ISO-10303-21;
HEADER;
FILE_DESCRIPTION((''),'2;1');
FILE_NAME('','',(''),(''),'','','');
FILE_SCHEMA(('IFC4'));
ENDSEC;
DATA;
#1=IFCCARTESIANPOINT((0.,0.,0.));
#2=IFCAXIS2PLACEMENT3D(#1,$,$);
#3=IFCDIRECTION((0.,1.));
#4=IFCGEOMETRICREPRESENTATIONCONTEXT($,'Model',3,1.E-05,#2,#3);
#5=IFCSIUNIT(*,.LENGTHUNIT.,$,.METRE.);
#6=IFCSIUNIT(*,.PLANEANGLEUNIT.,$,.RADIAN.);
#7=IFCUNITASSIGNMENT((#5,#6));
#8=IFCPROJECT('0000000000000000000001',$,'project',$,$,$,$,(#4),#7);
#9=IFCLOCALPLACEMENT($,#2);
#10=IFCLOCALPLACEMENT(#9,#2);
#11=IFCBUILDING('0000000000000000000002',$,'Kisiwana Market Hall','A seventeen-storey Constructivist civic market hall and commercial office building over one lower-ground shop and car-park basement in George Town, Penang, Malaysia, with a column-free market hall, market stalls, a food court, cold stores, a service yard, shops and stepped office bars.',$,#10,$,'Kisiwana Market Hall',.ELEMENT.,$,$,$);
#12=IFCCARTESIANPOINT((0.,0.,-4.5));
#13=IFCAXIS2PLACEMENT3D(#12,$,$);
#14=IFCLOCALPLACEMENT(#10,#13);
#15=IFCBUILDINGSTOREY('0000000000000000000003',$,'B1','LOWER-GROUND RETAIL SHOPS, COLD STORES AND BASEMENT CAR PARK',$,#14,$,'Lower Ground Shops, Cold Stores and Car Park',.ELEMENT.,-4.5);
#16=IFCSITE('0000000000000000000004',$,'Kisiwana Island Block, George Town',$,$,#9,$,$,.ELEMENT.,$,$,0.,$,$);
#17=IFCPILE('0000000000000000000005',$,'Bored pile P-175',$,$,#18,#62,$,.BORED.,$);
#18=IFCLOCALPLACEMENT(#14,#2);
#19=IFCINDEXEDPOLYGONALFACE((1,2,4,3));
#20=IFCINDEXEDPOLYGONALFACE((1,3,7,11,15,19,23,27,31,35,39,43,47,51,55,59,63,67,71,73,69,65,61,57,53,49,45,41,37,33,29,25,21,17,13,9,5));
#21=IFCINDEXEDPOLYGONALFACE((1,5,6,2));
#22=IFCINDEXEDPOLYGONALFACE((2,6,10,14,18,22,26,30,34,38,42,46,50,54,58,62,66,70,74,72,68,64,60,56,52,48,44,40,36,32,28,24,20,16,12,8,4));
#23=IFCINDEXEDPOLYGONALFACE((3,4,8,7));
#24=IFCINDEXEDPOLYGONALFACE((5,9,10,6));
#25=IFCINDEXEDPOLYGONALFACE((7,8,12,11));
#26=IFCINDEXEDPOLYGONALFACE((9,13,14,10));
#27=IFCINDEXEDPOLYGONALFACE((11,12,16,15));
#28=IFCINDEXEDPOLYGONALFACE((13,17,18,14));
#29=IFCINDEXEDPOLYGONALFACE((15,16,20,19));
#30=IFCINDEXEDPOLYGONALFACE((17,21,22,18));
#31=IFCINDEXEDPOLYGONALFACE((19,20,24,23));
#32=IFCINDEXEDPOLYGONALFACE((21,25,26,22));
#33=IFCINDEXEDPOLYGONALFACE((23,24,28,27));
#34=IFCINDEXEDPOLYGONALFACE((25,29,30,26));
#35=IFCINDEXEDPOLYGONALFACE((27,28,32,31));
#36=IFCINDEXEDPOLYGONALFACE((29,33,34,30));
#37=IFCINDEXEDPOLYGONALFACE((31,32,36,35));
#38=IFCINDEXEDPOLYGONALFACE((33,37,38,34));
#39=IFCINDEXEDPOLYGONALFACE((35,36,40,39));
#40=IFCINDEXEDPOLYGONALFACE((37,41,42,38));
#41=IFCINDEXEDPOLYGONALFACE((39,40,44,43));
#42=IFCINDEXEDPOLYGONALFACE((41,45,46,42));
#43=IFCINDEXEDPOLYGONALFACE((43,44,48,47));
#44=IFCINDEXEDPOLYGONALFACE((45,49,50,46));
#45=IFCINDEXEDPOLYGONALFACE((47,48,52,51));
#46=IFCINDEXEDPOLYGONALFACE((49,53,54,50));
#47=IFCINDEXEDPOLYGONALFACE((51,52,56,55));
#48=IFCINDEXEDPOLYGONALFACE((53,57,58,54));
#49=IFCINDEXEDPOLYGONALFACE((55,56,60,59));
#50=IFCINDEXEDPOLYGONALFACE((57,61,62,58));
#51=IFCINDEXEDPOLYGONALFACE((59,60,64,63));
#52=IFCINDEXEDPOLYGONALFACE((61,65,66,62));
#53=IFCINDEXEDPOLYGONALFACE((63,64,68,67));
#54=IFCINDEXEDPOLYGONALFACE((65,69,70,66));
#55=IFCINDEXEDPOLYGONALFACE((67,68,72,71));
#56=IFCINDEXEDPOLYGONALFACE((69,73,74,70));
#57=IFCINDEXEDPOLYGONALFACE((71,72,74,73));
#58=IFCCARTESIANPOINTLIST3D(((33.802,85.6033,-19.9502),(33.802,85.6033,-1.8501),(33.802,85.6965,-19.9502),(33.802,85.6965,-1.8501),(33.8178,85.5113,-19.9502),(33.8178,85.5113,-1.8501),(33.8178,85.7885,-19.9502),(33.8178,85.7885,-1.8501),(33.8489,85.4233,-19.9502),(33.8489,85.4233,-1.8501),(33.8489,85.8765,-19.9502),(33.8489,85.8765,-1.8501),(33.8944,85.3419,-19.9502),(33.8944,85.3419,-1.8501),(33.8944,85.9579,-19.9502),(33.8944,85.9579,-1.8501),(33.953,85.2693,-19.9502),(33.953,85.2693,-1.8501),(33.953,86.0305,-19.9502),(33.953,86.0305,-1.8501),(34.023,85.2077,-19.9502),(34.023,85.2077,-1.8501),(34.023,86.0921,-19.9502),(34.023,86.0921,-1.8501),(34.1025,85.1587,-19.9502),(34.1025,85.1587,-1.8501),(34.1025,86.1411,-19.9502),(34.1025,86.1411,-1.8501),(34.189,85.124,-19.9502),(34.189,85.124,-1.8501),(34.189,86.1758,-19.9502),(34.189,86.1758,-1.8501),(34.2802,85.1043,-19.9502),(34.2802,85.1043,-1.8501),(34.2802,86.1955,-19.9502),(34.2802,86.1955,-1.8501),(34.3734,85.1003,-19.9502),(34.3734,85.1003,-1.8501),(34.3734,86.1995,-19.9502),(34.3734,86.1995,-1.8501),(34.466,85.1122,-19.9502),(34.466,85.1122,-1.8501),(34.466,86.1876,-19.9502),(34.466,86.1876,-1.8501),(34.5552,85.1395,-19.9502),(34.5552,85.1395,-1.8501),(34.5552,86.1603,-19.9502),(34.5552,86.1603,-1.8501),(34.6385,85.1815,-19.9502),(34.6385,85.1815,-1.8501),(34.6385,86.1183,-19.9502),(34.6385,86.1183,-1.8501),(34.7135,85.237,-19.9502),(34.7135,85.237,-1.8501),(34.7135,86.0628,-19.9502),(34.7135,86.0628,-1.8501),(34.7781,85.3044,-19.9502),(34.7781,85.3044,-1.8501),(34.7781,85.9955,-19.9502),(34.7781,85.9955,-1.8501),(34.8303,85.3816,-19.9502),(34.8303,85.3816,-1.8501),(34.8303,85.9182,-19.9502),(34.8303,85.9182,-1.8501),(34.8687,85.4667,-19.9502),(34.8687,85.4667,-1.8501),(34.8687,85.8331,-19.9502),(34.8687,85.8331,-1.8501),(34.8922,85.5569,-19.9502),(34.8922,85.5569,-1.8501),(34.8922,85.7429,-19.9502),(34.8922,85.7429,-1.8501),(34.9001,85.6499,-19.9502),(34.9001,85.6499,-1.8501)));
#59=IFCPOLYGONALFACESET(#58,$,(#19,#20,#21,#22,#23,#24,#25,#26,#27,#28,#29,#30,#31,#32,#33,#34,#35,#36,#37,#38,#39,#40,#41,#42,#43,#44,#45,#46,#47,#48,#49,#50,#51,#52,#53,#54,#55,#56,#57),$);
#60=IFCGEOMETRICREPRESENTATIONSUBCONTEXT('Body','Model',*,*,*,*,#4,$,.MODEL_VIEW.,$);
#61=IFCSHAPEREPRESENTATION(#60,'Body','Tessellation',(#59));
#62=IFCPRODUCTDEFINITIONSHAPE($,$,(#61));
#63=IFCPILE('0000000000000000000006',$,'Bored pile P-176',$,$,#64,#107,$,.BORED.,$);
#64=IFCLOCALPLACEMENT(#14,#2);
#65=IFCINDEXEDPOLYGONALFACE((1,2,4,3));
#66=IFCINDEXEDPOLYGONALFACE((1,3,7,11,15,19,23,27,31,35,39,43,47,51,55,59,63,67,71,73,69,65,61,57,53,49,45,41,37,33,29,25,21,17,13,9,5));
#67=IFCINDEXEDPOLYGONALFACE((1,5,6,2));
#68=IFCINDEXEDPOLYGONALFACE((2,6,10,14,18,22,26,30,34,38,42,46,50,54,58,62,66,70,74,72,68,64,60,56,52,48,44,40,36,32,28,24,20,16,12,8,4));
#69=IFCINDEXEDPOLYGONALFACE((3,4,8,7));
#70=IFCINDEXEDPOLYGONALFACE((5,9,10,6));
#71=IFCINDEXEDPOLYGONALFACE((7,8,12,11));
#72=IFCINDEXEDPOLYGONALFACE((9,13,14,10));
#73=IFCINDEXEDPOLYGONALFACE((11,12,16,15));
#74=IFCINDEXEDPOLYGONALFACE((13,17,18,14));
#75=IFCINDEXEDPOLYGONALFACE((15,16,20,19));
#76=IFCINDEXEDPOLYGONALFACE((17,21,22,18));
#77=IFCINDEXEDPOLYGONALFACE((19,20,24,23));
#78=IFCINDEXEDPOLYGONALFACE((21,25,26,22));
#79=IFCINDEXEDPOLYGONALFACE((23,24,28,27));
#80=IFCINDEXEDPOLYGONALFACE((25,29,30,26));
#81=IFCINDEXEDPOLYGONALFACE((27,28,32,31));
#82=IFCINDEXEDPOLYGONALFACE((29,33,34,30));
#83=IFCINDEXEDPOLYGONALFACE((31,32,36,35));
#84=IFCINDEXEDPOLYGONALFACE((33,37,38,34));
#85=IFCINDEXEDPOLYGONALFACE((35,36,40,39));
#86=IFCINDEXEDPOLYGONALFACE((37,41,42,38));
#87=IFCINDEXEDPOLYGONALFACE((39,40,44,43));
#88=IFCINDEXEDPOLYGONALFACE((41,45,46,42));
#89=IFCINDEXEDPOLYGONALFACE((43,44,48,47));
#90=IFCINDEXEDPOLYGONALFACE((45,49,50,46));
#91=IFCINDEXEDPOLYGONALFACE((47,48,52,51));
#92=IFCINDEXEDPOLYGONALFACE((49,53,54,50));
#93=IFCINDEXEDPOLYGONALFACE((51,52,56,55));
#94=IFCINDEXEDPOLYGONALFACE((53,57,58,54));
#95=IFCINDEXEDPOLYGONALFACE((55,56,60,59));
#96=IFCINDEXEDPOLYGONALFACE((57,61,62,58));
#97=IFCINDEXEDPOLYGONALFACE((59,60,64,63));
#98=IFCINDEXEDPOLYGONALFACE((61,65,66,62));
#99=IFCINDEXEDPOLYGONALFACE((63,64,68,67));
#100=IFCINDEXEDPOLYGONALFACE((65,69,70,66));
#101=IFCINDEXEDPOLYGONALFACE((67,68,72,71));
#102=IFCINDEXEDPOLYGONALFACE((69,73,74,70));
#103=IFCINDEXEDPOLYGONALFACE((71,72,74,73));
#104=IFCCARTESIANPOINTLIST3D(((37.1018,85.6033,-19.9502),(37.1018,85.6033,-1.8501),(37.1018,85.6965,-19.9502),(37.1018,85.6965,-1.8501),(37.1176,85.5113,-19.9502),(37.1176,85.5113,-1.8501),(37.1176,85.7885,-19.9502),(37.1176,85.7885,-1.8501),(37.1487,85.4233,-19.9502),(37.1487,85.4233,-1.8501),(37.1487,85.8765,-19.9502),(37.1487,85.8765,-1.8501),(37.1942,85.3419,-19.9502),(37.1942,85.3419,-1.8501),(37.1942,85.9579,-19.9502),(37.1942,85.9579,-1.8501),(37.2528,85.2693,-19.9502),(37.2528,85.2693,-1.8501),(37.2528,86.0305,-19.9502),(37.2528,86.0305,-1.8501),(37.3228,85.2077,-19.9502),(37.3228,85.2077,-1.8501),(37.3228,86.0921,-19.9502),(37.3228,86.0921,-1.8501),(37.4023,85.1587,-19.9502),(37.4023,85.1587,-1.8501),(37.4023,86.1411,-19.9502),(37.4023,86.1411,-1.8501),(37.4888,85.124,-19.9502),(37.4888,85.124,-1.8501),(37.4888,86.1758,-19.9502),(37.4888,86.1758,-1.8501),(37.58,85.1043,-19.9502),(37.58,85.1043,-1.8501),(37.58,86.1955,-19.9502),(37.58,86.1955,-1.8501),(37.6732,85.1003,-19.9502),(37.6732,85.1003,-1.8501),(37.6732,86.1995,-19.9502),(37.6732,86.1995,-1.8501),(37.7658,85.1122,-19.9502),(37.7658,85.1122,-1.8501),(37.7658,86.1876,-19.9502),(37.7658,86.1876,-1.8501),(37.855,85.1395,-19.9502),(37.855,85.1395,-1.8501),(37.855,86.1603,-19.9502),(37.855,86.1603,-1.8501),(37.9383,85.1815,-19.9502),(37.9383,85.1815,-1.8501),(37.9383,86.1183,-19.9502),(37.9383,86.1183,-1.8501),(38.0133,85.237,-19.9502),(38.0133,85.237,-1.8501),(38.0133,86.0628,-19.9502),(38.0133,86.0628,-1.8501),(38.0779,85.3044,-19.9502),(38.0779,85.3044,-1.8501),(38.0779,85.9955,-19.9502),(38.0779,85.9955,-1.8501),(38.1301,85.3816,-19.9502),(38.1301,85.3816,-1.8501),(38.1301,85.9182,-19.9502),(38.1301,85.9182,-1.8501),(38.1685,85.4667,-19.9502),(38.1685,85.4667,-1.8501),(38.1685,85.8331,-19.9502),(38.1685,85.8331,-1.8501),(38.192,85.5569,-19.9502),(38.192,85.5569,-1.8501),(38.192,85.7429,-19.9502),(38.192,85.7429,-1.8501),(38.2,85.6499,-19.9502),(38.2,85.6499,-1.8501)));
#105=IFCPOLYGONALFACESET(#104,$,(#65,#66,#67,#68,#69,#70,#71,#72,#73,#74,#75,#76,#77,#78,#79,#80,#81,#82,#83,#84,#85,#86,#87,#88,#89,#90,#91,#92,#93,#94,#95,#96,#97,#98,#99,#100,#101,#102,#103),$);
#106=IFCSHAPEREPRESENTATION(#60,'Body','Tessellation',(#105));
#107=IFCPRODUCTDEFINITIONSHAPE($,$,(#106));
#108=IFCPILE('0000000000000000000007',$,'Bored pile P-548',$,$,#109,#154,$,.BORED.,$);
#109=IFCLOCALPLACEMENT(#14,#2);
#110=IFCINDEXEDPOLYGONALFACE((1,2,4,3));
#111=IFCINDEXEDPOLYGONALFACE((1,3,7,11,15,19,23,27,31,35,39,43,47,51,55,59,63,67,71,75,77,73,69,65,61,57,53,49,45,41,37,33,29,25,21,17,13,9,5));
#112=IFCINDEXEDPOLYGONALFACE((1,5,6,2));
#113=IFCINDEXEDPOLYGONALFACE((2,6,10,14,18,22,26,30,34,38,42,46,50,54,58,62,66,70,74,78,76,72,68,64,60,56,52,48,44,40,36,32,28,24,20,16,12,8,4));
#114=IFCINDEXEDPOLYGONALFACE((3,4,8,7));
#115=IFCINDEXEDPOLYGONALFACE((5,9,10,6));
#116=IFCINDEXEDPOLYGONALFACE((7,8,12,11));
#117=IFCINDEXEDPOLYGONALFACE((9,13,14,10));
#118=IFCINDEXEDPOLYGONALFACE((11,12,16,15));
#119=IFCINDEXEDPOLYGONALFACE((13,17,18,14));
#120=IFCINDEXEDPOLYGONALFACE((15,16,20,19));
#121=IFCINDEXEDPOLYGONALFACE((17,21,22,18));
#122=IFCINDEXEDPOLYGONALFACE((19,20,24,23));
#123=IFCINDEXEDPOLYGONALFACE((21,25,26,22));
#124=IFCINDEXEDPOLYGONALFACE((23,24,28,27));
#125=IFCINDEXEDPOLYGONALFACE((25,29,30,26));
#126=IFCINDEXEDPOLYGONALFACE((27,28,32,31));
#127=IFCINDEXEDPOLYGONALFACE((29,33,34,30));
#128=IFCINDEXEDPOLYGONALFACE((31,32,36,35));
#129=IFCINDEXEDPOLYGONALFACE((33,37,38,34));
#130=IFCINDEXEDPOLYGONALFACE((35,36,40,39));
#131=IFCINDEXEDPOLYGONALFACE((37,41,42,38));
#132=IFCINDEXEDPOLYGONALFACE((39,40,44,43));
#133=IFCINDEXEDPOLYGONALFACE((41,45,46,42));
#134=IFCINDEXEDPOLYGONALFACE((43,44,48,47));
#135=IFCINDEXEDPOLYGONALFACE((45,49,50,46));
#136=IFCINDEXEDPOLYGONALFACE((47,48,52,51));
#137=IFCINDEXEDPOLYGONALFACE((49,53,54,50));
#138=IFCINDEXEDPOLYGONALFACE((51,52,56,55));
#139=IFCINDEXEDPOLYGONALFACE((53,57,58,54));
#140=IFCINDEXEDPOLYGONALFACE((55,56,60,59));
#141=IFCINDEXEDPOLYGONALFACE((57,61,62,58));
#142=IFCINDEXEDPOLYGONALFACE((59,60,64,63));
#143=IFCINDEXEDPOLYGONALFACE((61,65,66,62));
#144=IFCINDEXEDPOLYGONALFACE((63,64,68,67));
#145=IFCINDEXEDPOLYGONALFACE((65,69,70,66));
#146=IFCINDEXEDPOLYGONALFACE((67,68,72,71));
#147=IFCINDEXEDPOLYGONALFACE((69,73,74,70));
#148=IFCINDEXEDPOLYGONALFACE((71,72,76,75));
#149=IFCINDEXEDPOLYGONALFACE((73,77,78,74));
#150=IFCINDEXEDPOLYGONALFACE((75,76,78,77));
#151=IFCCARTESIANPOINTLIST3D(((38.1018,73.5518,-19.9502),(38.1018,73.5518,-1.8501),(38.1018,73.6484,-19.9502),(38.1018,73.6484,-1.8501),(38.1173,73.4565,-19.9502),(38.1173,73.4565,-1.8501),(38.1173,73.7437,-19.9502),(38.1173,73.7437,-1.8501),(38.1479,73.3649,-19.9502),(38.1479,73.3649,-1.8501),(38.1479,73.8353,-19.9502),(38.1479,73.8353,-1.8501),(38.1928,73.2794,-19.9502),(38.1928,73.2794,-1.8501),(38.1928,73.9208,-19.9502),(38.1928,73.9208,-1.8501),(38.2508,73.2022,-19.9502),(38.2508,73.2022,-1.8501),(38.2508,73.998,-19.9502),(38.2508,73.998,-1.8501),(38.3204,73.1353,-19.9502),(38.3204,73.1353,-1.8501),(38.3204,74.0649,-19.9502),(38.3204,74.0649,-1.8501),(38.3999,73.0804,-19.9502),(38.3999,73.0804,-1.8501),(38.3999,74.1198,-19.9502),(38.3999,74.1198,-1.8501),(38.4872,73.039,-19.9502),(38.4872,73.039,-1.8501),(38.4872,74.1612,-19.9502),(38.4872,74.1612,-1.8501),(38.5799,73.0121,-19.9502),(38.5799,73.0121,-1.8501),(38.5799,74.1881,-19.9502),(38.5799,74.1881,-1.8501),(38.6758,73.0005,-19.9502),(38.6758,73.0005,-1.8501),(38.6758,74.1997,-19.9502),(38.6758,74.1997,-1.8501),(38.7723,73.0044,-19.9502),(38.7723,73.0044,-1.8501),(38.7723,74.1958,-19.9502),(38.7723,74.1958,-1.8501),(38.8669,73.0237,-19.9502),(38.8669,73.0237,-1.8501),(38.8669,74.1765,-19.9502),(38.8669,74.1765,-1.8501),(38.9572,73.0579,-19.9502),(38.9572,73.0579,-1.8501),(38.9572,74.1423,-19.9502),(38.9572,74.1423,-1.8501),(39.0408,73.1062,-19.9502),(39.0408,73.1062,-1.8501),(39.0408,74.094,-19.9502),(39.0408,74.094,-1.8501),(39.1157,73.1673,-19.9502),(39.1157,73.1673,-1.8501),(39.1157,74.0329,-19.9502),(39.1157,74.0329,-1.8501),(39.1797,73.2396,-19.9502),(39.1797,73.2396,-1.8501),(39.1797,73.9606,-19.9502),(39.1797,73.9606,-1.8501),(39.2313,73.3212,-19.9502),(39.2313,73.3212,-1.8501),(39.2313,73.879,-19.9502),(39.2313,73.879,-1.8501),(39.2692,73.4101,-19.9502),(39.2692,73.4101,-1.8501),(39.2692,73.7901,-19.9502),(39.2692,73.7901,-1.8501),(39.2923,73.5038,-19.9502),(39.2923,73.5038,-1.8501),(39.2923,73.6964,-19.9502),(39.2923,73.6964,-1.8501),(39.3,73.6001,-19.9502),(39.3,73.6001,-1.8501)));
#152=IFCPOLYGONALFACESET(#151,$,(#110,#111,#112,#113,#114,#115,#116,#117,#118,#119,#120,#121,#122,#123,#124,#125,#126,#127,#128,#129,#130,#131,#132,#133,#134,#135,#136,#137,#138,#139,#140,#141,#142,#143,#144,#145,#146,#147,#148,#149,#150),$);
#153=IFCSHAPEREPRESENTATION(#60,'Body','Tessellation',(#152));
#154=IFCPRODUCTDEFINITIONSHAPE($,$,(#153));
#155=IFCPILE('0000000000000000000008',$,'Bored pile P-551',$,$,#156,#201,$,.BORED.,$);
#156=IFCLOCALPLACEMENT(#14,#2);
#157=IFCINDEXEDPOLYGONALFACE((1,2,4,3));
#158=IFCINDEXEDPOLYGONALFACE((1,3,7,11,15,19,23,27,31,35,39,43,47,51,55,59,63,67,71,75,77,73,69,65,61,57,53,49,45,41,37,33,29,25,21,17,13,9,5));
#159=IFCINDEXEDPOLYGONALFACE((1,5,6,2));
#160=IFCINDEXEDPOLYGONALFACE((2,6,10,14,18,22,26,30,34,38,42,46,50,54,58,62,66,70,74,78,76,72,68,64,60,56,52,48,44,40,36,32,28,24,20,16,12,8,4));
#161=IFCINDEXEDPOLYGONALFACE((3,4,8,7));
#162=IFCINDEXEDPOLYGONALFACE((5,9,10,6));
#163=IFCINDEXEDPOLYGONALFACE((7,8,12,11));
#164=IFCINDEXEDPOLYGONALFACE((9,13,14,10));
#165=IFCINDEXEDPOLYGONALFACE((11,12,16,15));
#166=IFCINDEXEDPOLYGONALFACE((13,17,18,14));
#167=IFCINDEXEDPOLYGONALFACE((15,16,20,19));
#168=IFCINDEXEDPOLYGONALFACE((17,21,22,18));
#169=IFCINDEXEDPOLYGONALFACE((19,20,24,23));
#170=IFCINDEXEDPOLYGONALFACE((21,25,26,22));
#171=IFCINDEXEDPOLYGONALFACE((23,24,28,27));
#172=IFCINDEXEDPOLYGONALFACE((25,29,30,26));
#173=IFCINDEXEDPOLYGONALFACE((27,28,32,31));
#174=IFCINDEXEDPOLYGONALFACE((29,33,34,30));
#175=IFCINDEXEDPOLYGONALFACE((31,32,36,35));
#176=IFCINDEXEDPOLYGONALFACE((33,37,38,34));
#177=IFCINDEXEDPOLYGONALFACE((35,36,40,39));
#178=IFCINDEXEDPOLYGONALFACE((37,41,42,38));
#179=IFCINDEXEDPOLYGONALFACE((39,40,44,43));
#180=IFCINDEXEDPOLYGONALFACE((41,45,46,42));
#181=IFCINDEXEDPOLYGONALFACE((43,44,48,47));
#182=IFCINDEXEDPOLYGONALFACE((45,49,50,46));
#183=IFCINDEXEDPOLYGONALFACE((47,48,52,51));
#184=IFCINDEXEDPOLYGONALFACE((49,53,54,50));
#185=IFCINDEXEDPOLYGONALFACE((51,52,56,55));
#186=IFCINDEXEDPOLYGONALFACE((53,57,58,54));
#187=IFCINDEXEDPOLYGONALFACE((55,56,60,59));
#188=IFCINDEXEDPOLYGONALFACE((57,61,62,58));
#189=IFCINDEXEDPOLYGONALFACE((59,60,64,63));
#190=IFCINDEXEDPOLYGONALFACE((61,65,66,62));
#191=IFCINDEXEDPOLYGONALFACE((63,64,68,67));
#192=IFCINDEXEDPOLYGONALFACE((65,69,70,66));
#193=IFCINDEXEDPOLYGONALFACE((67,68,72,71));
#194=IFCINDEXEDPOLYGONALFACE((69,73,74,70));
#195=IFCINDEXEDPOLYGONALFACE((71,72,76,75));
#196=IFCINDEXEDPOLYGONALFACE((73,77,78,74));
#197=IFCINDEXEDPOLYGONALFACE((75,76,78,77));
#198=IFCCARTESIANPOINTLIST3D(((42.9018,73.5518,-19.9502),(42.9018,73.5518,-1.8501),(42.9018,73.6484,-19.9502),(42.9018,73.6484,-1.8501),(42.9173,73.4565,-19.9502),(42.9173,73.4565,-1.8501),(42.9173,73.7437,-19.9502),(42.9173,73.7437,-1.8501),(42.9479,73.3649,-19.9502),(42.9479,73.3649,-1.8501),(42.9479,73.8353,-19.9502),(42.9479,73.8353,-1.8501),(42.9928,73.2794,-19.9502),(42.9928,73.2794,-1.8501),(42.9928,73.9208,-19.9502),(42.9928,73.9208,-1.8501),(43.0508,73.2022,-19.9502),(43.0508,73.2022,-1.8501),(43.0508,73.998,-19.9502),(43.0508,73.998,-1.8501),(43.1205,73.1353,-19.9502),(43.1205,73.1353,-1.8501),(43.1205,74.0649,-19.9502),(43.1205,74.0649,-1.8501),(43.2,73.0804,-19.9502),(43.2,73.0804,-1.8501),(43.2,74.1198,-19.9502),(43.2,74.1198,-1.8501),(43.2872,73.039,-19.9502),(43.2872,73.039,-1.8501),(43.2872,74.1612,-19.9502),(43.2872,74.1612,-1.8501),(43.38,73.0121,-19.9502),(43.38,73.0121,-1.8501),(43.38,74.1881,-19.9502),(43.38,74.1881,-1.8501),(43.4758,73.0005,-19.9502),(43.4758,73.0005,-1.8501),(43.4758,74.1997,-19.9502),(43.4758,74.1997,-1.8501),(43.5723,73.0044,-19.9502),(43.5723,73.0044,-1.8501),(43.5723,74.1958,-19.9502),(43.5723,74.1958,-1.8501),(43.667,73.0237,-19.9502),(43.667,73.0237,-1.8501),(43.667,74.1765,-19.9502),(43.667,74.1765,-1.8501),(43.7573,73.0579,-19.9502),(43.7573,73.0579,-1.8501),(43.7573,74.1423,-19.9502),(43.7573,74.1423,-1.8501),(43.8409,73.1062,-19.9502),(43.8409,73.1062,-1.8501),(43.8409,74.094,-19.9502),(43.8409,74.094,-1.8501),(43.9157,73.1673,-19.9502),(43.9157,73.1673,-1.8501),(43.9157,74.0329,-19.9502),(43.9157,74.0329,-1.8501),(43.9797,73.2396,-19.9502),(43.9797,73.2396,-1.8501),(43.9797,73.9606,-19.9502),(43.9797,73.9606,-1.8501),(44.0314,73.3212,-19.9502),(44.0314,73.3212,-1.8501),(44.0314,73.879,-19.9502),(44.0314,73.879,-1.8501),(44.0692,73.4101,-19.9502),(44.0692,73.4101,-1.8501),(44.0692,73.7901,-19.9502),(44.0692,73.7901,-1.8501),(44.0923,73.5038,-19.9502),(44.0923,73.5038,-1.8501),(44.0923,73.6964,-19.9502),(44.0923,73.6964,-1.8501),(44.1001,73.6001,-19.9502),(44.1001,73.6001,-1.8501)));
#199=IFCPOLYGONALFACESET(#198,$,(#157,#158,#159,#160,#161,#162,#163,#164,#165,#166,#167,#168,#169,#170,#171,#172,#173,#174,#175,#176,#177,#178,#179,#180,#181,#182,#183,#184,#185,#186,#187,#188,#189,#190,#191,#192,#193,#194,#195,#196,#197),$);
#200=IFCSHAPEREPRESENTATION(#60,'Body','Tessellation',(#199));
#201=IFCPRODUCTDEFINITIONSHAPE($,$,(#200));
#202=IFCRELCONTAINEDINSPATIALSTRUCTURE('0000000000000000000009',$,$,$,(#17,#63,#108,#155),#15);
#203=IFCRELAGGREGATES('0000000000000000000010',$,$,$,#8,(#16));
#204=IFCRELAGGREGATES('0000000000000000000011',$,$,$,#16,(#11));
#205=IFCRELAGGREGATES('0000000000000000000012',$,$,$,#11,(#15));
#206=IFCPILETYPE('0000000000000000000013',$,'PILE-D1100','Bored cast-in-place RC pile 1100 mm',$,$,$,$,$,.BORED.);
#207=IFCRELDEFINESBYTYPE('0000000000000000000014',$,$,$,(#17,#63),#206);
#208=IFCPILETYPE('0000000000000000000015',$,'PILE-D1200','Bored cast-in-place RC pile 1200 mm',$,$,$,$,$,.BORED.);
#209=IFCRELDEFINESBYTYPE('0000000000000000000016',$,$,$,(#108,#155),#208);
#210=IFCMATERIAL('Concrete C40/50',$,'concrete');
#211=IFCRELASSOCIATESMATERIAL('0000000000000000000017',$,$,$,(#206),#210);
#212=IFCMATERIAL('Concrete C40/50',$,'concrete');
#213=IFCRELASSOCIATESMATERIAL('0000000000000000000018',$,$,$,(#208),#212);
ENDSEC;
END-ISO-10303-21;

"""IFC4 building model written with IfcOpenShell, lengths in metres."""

from ifc_helpers import new_model, si_unit, direction, frame, origin, origin_2d, place, context, subcontext, project, spatial, circle, extrude, material, material_profile, profile_set, type_object, element, save


model = new_model("IFC4")

# Units and contexts
model_context = context("Model", 3, precision=1e-05, world=origin(), true_north=direction((0.0, 1.0)))
body_context = subcontext(model_context, "Body", "Model", "MODEL_VIEW")
ifc_project = project(units=[si_unit("LENGTHUNIT", "METRE"), si_unit("PLANEANGLEUNIT", "RADIAN")], contexts=[model_context])

# Site, building, storey
site_placement = place(None, origin())
site = spatial("IfcSite", under=ifc_project, at=site_placement, Name="Kisiwana Island Block, George Town", CompositionType="ELEMENT", RefElevation=0.0)
building_placement = place(site_placement, origin())
building = spatial("IfcBuilding", under=site, at=building_placement, Name="Kisiwana Market Hall", Description="A seventeen-storey Constructivist civic market hall and commercial office building over one lower-ground shop and car-park basement in George Town, Penang, Malaysia, with a column-free market hall, market stalls, a food court, cold stores, a service yard, shops and stepped office bars.", LongName="Kisiwana Market Hall", CompositionType="ELEMENT")
storey_placement = place(building_placement, frame((0.0, 0.0, -4.5)))
storey = spatial("IfcBuildingStorey", under=building, at=storey_placement, Name="B1", Description="LOWER-GROUND RETAIL SHOPS, COLD STORES AND BASEMENT CAR PARK", LongName="Lower Ground Shops, Cold Stores and Car Park", CompositionType="ELEMENT", Elevation=-4.5)

# Piles
ifc_material_1 = material(Name="Concrete C40/50", Category="concrete")
ifc_material_profile_1 = material_profile(ifc_material_1, circle(Radius=0.55, at=origin_2d()), Name="BP D1100")
ifc_profile_set_1 = profile_set([ifc_material_profile_1], Name="Concrete C40/50")
pile_type_1 = type_object("IfcPileType", Name="PILE-D1100", Description="Bored cast-in-place RC pile 1100 mm", PredefinedType="BORED", material=ifc_profile_set_1)
for number, where, z_axis, x_axis, name in (
    (1, (34.3501, 85.6499, -1.8501), (0.0, 0.0, -1.0), (1.0, 0.0, 0.0), "Bored pile P-175"),
    (2, (37.6499, 85.6499, -1.8501), (0.0, 0.0, -1.0), (1.0, 0.0, 0.0), "Bored pile P-176"),
):
    element("IfcPile", number, at=place(storey_placement, frame(where, z_axis=z_axis, x_axis=x_axis)), inside=storey, type_object=pile_type_1, Name=name, PredefinedType="BORED", context=body_context, shape_type="SweptSolid", body=[
        extrude(circle(Radius=0.55, at=origin_2d()), origin(), (0.0, 0.0, 1.0), 18.1001),
    ])
ifc_material_2 = material(Name="Concrete C40/50", Category="concrete")
ifc_material_profile_2 = material_profile(ifc_material_2, circle(Radius=0.6001, at=origin_2d()), Name="BP D1200")
ifc_profile_set_2 = profile_set([ifc_material_profile_2], Name="Concrete C40/50")
pile_type_2 = type_object("IfcPileType", Name="PILE-D1200", Description="Bored cast-in-place RC pile 1200 mm", PredefinedType="BORED", material=ifc_profile_set_2)
for number, where, z_axis, x_axis, name in (
    (3, (38.7, 73.6001, -1.8501), (0.0, 0.0, -1.0), (1.0, 0.0, 0.0), "Bored pile P-548"),
    (4, (43.5, 73.6001, -1.8501), (0.0, 0.0, -1.0), (1.0, 0.0, 0.0), "Bored pile P-551"),
):
    element("IfcPile", number, at=place(storey_placement, frame(where, z_axis=z_axis, x_axis=x_axis)), inside=storey, type_object=pile_type_2, Name=name, PredefinedType="BORED", context=body_context, shape_type="SweptSolid", body=[
        extrude(circle(Radius=0.6001, at=origin_2d()), origin(), (0.0, 0.0, 1.0), 18.1001),
    ])

save(model, "model.ifc")
